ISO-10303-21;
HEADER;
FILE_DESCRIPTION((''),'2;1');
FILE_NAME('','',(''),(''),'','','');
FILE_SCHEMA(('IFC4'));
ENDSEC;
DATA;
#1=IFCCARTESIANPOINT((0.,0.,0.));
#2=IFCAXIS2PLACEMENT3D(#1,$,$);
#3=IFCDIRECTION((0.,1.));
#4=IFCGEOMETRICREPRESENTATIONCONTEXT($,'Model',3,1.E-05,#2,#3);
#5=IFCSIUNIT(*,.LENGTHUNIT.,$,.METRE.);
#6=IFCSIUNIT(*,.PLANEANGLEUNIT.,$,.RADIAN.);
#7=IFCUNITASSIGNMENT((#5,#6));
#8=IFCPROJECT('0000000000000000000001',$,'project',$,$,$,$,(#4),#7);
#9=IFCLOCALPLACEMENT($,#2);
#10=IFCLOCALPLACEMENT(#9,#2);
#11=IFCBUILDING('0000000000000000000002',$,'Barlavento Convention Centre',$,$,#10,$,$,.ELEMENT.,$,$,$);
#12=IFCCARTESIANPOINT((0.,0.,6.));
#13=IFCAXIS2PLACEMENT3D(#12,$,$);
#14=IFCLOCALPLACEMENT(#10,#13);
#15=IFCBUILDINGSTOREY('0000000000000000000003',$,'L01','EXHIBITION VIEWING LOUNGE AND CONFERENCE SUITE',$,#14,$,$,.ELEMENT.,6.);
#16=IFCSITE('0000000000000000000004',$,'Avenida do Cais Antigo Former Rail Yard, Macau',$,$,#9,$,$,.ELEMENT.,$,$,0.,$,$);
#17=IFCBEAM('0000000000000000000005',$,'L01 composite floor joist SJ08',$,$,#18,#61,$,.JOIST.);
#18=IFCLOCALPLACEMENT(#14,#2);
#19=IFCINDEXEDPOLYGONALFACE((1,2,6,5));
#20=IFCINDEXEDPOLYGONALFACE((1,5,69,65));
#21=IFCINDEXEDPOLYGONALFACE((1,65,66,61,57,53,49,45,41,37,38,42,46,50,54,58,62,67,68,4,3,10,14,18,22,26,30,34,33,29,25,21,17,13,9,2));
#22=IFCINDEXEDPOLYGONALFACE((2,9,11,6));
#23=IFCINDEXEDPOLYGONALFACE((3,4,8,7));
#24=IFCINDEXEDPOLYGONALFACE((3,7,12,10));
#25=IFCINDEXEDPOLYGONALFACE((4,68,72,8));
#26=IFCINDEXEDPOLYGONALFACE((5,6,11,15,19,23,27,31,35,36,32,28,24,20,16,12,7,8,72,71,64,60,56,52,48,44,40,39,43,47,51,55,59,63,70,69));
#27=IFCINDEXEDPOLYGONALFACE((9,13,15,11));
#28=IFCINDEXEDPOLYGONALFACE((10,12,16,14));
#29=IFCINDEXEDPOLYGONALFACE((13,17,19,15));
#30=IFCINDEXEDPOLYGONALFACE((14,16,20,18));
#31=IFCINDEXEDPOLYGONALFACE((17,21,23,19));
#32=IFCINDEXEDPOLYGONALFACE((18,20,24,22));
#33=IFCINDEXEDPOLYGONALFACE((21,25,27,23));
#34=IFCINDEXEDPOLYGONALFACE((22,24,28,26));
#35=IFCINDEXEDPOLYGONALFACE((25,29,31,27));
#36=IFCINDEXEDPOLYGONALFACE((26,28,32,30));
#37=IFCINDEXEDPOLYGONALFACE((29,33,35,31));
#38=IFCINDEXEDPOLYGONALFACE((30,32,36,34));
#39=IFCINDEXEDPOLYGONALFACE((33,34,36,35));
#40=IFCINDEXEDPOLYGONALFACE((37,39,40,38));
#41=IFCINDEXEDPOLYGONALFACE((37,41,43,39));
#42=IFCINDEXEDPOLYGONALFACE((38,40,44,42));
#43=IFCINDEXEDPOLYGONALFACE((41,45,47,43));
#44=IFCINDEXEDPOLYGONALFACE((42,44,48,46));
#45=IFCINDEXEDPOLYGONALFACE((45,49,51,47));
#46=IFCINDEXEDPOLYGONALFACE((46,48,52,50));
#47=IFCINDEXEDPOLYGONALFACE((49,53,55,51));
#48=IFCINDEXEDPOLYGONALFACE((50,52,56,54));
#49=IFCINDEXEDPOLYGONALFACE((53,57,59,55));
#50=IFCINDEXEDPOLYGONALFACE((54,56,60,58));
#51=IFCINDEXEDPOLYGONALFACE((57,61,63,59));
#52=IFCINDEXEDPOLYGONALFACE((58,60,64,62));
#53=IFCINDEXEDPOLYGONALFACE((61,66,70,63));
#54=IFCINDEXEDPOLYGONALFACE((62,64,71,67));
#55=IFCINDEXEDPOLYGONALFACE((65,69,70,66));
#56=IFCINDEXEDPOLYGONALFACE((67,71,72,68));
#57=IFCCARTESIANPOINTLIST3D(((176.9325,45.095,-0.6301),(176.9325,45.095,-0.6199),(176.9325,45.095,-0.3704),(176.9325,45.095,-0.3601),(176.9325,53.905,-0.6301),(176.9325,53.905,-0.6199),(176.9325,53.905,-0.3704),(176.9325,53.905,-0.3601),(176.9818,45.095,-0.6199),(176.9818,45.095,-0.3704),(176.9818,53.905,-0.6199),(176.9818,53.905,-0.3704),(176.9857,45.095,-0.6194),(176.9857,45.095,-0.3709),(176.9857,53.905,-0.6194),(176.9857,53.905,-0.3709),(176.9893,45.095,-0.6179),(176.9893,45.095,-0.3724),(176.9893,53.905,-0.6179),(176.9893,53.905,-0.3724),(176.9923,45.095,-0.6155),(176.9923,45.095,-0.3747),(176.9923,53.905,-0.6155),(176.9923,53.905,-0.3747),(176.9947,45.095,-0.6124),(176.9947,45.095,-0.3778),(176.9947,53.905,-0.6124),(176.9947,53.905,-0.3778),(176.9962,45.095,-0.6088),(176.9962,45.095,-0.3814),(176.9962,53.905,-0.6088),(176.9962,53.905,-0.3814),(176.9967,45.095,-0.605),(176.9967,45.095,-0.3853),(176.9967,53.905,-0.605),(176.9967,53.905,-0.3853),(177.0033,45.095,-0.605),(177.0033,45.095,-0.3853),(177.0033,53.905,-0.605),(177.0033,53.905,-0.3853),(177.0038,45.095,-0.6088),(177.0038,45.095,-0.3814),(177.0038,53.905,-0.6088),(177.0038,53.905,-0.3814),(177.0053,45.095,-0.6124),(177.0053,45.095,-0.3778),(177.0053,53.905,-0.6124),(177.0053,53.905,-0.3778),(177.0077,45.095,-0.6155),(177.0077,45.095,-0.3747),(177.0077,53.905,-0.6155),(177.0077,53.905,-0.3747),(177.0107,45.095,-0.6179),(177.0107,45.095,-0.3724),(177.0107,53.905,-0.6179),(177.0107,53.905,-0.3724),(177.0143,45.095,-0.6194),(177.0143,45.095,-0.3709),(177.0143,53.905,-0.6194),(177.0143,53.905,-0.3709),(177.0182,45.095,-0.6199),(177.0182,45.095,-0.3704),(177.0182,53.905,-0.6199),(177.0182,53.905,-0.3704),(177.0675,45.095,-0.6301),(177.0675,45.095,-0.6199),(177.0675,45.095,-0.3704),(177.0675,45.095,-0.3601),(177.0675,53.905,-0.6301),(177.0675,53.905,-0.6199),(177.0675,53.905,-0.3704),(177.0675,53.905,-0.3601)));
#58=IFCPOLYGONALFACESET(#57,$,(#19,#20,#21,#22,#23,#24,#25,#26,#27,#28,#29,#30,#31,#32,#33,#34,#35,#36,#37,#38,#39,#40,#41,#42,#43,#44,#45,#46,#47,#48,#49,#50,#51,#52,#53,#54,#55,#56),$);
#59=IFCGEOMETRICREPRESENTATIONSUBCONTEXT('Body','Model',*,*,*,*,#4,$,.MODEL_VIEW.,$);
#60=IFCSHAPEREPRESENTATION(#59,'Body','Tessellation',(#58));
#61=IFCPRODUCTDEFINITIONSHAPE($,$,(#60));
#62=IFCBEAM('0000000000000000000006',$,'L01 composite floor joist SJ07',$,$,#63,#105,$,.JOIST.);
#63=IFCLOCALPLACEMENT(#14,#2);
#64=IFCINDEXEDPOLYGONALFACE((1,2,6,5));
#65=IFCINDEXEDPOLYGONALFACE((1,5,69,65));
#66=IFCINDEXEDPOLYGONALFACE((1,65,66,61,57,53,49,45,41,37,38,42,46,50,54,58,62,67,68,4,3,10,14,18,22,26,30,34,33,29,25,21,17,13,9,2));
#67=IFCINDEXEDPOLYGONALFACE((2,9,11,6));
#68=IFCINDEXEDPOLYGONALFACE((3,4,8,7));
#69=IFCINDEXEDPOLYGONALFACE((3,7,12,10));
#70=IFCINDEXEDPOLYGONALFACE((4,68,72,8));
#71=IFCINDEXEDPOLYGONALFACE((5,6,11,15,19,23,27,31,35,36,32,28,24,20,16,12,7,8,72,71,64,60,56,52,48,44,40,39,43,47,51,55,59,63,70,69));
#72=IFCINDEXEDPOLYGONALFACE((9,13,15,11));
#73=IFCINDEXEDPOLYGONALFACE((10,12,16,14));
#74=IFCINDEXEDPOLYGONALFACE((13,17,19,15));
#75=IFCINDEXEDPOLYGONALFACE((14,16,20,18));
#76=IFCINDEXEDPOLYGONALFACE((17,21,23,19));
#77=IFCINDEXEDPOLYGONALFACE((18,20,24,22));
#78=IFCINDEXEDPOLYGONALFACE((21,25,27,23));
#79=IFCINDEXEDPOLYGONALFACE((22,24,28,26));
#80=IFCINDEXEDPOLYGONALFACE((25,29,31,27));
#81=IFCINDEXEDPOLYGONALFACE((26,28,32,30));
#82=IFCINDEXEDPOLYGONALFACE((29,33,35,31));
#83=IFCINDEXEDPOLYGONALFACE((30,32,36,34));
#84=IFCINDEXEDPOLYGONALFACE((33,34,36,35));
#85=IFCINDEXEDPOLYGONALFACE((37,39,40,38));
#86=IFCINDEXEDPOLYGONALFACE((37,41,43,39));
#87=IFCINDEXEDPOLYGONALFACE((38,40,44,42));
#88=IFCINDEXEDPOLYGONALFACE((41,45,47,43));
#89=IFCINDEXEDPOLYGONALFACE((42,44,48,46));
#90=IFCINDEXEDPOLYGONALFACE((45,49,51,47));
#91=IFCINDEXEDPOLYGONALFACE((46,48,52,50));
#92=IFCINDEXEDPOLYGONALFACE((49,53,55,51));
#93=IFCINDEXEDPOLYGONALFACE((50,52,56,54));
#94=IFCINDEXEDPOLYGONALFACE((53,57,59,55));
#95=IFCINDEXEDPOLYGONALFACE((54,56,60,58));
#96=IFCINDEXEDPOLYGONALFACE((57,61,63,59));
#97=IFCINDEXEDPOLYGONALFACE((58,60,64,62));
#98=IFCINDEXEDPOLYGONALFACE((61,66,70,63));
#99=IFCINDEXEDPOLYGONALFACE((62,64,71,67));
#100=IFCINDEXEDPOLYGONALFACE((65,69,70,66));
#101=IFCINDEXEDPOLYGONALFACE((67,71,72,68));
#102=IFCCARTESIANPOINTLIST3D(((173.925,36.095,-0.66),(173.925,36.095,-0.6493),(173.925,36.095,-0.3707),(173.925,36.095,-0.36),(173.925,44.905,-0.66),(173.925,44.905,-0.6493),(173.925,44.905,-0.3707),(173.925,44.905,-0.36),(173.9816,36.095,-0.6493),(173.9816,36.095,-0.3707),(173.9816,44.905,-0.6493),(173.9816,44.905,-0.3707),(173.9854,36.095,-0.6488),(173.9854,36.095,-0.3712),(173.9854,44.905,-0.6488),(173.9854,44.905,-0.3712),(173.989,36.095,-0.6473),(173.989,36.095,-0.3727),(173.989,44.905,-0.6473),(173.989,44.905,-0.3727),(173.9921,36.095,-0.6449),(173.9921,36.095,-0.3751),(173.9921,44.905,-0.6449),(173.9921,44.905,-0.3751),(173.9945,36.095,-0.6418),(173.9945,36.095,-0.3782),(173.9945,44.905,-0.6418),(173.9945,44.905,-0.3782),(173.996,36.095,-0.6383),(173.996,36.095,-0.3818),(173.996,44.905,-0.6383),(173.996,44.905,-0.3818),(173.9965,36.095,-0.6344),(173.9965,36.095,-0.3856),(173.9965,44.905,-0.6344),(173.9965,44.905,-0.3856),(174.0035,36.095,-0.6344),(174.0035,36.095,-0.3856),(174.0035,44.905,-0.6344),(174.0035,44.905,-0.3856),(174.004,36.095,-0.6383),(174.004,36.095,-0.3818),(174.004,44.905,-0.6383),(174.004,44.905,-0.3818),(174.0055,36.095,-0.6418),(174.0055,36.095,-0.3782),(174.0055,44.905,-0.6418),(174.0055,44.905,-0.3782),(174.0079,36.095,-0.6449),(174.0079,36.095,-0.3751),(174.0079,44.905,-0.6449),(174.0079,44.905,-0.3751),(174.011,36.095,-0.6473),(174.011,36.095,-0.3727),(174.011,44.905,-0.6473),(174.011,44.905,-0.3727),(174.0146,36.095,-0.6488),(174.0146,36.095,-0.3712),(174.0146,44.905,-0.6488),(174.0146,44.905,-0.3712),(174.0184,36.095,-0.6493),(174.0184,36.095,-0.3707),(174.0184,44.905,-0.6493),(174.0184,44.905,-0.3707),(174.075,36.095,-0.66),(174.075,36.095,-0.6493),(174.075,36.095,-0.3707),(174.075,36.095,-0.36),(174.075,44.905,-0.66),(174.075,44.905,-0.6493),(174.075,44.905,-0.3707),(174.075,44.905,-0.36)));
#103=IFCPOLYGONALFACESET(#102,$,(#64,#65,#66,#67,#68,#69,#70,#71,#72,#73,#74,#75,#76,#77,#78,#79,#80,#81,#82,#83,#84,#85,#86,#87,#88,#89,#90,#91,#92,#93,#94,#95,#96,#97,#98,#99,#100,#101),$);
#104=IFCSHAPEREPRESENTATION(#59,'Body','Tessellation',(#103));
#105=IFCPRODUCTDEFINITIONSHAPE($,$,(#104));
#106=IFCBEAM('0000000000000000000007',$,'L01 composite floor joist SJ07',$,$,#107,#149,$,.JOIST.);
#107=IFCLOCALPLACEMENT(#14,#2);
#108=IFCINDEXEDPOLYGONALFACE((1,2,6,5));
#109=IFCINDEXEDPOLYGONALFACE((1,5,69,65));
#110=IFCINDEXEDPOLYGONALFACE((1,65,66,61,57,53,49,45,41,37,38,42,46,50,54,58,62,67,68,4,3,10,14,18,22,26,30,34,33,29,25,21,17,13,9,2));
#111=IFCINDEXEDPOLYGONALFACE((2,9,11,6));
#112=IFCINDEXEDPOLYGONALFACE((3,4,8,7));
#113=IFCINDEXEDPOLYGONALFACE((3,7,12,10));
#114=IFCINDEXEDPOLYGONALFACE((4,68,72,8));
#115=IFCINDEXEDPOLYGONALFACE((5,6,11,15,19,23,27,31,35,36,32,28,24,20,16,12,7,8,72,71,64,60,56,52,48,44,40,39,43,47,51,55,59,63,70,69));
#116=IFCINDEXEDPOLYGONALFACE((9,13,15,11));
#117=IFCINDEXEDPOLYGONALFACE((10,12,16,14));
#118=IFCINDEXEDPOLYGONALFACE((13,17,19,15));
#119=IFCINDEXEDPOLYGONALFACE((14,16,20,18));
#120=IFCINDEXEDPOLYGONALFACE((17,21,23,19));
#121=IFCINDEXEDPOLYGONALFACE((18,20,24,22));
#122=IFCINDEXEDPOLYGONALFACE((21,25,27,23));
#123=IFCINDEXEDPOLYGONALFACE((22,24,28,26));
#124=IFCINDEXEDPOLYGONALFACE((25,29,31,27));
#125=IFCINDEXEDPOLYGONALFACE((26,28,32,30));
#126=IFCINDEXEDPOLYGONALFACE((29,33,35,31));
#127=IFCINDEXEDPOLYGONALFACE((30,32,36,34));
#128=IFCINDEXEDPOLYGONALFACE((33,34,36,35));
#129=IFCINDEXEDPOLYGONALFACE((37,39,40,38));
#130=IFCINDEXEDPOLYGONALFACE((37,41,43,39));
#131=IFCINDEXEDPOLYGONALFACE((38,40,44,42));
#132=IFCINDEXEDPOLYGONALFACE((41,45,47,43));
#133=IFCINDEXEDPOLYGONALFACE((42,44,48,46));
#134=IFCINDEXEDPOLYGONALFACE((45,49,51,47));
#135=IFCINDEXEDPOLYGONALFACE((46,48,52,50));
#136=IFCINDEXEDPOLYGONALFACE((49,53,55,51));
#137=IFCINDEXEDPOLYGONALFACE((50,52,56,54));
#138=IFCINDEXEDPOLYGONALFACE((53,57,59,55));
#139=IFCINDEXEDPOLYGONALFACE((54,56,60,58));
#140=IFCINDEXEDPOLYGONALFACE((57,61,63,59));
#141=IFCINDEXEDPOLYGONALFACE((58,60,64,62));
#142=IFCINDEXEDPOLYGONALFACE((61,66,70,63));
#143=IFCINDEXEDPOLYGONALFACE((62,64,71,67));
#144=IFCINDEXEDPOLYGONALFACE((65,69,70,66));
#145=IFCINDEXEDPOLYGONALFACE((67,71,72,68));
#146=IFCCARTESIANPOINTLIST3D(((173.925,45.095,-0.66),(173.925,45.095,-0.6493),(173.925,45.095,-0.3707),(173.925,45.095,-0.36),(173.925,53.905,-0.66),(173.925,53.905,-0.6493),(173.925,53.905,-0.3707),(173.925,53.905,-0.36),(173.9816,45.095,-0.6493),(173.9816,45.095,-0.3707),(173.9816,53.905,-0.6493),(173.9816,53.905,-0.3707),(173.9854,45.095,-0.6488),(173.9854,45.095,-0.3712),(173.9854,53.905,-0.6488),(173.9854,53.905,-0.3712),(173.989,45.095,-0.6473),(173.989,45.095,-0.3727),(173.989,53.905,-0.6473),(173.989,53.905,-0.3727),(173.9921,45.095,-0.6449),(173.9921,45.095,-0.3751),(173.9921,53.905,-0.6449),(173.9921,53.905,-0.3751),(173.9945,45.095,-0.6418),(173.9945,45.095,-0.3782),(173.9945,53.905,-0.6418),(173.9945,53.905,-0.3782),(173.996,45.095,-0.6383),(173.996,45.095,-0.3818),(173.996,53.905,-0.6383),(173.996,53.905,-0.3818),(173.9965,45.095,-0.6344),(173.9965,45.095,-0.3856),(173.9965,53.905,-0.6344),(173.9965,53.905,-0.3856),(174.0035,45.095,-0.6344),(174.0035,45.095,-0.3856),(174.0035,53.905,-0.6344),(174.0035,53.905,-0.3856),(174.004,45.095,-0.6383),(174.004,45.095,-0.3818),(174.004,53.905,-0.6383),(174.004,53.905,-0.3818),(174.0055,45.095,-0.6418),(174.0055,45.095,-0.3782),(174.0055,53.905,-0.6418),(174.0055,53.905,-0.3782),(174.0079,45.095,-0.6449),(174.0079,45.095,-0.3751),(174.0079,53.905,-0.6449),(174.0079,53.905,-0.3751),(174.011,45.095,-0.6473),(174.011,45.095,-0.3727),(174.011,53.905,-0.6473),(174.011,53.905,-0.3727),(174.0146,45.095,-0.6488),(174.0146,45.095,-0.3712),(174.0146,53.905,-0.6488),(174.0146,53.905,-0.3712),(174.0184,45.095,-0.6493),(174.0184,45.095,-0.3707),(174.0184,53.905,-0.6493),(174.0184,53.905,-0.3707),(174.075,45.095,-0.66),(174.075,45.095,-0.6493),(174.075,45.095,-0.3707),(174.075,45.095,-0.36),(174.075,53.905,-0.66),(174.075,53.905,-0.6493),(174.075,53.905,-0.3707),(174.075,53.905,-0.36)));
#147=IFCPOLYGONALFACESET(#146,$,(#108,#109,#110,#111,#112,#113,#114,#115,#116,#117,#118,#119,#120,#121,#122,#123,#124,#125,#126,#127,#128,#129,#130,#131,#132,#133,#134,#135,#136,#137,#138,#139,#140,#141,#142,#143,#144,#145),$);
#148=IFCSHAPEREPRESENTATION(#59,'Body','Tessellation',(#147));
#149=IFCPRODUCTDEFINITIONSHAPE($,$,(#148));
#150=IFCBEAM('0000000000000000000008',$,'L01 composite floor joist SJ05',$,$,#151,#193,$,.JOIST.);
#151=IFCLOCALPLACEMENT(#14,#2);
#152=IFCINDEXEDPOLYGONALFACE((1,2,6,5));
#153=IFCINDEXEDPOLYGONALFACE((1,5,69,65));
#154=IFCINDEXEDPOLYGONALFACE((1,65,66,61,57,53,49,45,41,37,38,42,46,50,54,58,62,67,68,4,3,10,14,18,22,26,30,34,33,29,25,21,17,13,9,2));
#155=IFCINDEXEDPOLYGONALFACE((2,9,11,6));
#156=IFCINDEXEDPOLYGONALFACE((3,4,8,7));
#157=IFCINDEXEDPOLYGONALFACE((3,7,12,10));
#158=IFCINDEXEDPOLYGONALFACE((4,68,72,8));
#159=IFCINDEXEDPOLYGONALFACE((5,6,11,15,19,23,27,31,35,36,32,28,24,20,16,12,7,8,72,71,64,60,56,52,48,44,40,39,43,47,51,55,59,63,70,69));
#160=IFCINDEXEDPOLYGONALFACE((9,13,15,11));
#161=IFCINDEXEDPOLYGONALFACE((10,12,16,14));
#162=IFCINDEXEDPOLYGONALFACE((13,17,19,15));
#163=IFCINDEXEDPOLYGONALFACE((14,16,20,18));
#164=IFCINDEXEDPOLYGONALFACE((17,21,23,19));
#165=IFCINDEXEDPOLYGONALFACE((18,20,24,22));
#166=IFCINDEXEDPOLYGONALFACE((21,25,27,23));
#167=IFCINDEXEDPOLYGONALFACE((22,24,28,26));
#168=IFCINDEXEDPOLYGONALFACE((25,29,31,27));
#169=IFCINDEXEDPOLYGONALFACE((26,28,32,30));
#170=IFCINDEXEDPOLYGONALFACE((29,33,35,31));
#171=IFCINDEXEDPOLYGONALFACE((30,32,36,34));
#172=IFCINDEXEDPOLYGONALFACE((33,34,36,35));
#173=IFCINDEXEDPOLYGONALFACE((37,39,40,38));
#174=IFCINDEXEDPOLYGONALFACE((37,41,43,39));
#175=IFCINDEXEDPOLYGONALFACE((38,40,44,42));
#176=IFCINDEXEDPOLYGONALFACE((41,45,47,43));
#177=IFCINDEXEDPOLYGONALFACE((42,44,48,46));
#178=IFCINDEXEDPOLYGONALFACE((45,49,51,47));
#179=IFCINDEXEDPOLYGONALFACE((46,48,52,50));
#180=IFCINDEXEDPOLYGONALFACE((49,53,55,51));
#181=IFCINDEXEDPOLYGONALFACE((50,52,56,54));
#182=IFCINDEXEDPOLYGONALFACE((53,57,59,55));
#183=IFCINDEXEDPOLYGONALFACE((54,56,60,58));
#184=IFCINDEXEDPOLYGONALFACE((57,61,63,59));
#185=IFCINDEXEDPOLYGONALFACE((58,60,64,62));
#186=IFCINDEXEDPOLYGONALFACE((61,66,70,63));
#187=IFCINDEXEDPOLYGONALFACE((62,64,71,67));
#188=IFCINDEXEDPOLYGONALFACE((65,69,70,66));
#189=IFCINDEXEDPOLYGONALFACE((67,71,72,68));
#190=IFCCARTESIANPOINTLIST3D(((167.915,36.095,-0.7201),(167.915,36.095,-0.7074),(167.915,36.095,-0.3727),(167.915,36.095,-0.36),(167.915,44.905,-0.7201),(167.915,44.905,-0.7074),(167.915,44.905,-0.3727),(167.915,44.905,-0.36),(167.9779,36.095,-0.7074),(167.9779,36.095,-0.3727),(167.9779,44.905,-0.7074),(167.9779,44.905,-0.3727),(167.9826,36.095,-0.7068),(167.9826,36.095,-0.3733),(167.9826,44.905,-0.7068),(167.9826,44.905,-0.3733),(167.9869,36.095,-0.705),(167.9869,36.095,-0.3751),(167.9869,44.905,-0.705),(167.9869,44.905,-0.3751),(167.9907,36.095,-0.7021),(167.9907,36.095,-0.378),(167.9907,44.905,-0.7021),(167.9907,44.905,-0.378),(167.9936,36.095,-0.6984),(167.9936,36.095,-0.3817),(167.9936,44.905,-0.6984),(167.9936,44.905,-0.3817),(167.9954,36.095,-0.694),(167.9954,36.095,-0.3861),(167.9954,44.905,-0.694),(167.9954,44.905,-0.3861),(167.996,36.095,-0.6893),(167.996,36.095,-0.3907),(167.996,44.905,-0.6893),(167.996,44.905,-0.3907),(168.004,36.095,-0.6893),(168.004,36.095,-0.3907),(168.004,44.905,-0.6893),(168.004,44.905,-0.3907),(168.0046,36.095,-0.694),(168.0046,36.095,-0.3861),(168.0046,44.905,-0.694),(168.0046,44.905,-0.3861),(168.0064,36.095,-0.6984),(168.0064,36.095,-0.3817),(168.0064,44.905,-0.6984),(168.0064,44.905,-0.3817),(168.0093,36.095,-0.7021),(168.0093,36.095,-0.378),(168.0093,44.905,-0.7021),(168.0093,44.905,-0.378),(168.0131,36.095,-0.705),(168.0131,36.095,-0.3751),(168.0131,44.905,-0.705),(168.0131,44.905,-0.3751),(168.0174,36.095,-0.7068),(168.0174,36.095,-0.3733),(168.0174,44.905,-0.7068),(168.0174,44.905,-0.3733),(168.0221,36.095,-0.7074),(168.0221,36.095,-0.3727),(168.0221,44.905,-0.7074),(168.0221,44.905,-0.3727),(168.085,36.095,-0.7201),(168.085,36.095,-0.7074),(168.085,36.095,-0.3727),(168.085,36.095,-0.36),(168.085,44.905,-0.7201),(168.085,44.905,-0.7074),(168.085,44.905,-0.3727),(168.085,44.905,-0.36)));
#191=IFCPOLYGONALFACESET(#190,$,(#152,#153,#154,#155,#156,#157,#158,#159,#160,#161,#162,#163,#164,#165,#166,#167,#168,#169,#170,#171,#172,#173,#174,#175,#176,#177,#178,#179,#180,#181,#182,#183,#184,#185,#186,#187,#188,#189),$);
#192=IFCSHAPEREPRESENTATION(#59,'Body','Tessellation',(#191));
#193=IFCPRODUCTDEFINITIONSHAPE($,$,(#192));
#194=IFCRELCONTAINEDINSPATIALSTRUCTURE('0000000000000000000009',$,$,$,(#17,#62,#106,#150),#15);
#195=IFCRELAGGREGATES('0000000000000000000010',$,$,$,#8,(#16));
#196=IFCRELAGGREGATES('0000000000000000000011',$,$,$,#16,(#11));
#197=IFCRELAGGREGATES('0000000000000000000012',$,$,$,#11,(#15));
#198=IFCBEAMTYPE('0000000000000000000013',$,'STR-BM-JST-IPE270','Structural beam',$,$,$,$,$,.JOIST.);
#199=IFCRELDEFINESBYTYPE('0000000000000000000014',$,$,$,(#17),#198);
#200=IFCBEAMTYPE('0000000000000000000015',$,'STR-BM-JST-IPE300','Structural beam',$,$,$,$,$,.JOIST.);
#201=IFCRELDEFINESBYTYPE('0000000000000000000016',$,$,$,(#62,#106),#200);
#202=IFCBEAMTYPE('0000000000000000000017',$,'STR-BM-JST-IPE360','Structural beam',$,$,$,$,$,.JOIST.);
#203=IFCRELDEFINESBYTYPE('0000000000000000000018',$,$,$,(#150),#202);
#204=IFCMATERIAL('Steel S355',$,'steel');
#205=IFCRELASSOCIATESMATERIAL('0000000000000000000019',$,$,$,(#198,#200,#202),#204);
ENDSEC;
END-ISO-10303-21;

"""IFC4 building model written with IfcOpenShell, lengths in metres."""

from ifc_helpers import new_model, si_unit, direction, frame, origin, origin_2d, place, context, subcontext, project, spatial, i_section, extrude, material, material_profile, profile_set, type_object, element, save


model = new_model("IFC4")

# Units and contexts
model_context = context("Model", 3, precision=1e-05, world=origin(), true_north=direction((0.0, 1.0)))
body_context = subcontext(model_context, "Body", "Model", "MODEL_VIEW")
ifc_project = project(units=[si_unit("LENGTHUNIT", "METRE"), si_unit("PLANEANGLEUNIT", "RADIAN")], contexts=[model_context])

# Site, building, storey
site_placement = place(None, origin())
site = spatial("IfcSite", under=ifc_project, at=site_placement, Name="Avenida do Cais Antigo Former Rail Yard, Macau", CompositionType="ELEMENT", RefElevation=0.0)
building_placement = place(site_placement, origin())
building = spatial("IfcBuilding", under=site, at=building_placement, Name="Barlavento Convention Centre", CompositionType="ELEMENT")
storey_placement = place(building_placement, frame((0.0, 0.0, 6.0)))
storey = spatial("IfcBuildingStorey", under=building, at=storey_placement, Name="L01", Description="EXHIBITION VIEWING LOUNGE AND CONFERENCE SUITE", CompositionType="ELEMENT", Elevation=6.0)

# Shared definitions
ifc_material_1 = material(Name="Steel S355", Category="steel")

# Beams
ifc_material_profile_1 = material_profile(ifc_material_1, i_section(OverallWidth=0.135, OverallDepth=0.27, WebThickness=0.0066, FlangeThickness=0.0103, FilletRadius=0.0149, at=origin_2d()), Name="IPE 270")
ifc_profile_set_1 = profile_set([ifc_material_profile_1], Name="Steel S355")
beam_type_1 = type_object("IfcBeamType", Name="STR-BM-JST-IPE270", Description="Structural beam", PredefinedType="JOIST", material=ifc_profile_set_1)
for number, where, z_axis, x_axis, name in (
    (1, (177.0, 45.095, -0.4951), (0.0, 1.0, 0.0), (-1.0, 0.0, 0.0), "L01 composite floor joist SJ08"),
):
    element("IfcBeam", number, at=place(storey_placement, frame(where, z_axis=z_axis, x_axis=x_axis)), inside=storey, type_object=beam_type_1, Name=name, PredefinedType="JOIST", context=body_context, shape_type="SweptSolid", body=[
        extrude(i_section(OverallWidth=0.135, OverallDepth=0.27, WebThickness=0.0066, FlangeThickness=0.0103, FilletRadius=0.0149, at=origin_2d()), origin(), (0.0, 0.0, 1.0), 8.8101),
    ])
ifc_material_profile_2 = material_profile(ifc_material_1, i_section(OverallWidth=0.1499, OverallDepth=0.3, WebThickness=0.0071, FlangeThickness=0.0107, FilletRadius=0.0149, at=origin_2d()), Name="IPE 300")
ifc_profile_set_2 = profile_set([ifc_material_profile_2], Name="Steel S355")
beam_type_2 = type_object("IfcBeamType", Name="STR-BM-JST-IPE300", Description="Structural beam", PredefinedType="JOIST", material=ifc_profile_set_2)
for number, where, z_axis, x_axis, name in (
    (2, (174.0, 36.095, -0.51), (0.0, 1.0, 0.0), (-1.0, 0.0, 0.0), "L01 composite floor joist SJ07"),
    (3, (174.0, 45.095, -0.51), (0.0, 1.0, 0.0), (-1.0, 0.0, 0.0), "L01 composite floor joist SJ07"),
):
    element("IfcBeam", number, at=place(storey_placement, frame(where, z_axis=z_axis, x_axis=x_axis)), inside=storey, type_object=beam_type_2, Name=name, PredefinedType="JOIST", context=body_context, shape_type="SweptSolid", body=[
        extrude(i_section(OverallWidth=0.1499, OverallDepth=0.3, WebThickness=0.0071, FlangeThickness=0.0107, FilletRadius=0.0149, at=origin_2d()), origin(), (0.0, 0.0, 1.0), 8.8101),
    ])
ifc_material_profile_3 = material_profile(ifc_material_1, i_section(OverallWidth=0.1699, OverallDepth=0.3601, WebThickness=0.0081, FlangeThickness=0.0127, FilletRadius=0.0181, at=origin_2d()), Name="IPE 360")
ifc_profile_set_3 = profile_set([ifc_material_profile_3], Name="Steel S355")
beam_type_3 = type_object("IfcBeamType", Name="STR-BM-JST-IPE360", Description="Structural beam", PredefinedType="JOIST", material=ifc_profile_set_3)
for number, where, z_axis, x_axis, name in (
    (4, (168.0, 36.095, -0.54), (0.0, 1.0, 0.0), (-1.0, 0.0, 0.0), "L01 composite floor joist SJ05"),
):
    element("IfcBeam", number, at=place(storey_placement, frame(where, z_axis=z_axis, x_axis=x_axis)), inside=storey, type_object=beam_type_3, Name=name, PredefinedType="JOIST", context=body_context, shape_type="SweptSolid", body=[
        extrude(i_section(OverallWidth=0.1699, OverallDepth=0.3601, WebThickness=0.0081, FlangeThickness=0.0127, FilletRadius=0.0181, at=origin_2d()), origin(), (0.0, 0.0, 1.0), 8.8101),
    ])

save(model, "model.ifc")
